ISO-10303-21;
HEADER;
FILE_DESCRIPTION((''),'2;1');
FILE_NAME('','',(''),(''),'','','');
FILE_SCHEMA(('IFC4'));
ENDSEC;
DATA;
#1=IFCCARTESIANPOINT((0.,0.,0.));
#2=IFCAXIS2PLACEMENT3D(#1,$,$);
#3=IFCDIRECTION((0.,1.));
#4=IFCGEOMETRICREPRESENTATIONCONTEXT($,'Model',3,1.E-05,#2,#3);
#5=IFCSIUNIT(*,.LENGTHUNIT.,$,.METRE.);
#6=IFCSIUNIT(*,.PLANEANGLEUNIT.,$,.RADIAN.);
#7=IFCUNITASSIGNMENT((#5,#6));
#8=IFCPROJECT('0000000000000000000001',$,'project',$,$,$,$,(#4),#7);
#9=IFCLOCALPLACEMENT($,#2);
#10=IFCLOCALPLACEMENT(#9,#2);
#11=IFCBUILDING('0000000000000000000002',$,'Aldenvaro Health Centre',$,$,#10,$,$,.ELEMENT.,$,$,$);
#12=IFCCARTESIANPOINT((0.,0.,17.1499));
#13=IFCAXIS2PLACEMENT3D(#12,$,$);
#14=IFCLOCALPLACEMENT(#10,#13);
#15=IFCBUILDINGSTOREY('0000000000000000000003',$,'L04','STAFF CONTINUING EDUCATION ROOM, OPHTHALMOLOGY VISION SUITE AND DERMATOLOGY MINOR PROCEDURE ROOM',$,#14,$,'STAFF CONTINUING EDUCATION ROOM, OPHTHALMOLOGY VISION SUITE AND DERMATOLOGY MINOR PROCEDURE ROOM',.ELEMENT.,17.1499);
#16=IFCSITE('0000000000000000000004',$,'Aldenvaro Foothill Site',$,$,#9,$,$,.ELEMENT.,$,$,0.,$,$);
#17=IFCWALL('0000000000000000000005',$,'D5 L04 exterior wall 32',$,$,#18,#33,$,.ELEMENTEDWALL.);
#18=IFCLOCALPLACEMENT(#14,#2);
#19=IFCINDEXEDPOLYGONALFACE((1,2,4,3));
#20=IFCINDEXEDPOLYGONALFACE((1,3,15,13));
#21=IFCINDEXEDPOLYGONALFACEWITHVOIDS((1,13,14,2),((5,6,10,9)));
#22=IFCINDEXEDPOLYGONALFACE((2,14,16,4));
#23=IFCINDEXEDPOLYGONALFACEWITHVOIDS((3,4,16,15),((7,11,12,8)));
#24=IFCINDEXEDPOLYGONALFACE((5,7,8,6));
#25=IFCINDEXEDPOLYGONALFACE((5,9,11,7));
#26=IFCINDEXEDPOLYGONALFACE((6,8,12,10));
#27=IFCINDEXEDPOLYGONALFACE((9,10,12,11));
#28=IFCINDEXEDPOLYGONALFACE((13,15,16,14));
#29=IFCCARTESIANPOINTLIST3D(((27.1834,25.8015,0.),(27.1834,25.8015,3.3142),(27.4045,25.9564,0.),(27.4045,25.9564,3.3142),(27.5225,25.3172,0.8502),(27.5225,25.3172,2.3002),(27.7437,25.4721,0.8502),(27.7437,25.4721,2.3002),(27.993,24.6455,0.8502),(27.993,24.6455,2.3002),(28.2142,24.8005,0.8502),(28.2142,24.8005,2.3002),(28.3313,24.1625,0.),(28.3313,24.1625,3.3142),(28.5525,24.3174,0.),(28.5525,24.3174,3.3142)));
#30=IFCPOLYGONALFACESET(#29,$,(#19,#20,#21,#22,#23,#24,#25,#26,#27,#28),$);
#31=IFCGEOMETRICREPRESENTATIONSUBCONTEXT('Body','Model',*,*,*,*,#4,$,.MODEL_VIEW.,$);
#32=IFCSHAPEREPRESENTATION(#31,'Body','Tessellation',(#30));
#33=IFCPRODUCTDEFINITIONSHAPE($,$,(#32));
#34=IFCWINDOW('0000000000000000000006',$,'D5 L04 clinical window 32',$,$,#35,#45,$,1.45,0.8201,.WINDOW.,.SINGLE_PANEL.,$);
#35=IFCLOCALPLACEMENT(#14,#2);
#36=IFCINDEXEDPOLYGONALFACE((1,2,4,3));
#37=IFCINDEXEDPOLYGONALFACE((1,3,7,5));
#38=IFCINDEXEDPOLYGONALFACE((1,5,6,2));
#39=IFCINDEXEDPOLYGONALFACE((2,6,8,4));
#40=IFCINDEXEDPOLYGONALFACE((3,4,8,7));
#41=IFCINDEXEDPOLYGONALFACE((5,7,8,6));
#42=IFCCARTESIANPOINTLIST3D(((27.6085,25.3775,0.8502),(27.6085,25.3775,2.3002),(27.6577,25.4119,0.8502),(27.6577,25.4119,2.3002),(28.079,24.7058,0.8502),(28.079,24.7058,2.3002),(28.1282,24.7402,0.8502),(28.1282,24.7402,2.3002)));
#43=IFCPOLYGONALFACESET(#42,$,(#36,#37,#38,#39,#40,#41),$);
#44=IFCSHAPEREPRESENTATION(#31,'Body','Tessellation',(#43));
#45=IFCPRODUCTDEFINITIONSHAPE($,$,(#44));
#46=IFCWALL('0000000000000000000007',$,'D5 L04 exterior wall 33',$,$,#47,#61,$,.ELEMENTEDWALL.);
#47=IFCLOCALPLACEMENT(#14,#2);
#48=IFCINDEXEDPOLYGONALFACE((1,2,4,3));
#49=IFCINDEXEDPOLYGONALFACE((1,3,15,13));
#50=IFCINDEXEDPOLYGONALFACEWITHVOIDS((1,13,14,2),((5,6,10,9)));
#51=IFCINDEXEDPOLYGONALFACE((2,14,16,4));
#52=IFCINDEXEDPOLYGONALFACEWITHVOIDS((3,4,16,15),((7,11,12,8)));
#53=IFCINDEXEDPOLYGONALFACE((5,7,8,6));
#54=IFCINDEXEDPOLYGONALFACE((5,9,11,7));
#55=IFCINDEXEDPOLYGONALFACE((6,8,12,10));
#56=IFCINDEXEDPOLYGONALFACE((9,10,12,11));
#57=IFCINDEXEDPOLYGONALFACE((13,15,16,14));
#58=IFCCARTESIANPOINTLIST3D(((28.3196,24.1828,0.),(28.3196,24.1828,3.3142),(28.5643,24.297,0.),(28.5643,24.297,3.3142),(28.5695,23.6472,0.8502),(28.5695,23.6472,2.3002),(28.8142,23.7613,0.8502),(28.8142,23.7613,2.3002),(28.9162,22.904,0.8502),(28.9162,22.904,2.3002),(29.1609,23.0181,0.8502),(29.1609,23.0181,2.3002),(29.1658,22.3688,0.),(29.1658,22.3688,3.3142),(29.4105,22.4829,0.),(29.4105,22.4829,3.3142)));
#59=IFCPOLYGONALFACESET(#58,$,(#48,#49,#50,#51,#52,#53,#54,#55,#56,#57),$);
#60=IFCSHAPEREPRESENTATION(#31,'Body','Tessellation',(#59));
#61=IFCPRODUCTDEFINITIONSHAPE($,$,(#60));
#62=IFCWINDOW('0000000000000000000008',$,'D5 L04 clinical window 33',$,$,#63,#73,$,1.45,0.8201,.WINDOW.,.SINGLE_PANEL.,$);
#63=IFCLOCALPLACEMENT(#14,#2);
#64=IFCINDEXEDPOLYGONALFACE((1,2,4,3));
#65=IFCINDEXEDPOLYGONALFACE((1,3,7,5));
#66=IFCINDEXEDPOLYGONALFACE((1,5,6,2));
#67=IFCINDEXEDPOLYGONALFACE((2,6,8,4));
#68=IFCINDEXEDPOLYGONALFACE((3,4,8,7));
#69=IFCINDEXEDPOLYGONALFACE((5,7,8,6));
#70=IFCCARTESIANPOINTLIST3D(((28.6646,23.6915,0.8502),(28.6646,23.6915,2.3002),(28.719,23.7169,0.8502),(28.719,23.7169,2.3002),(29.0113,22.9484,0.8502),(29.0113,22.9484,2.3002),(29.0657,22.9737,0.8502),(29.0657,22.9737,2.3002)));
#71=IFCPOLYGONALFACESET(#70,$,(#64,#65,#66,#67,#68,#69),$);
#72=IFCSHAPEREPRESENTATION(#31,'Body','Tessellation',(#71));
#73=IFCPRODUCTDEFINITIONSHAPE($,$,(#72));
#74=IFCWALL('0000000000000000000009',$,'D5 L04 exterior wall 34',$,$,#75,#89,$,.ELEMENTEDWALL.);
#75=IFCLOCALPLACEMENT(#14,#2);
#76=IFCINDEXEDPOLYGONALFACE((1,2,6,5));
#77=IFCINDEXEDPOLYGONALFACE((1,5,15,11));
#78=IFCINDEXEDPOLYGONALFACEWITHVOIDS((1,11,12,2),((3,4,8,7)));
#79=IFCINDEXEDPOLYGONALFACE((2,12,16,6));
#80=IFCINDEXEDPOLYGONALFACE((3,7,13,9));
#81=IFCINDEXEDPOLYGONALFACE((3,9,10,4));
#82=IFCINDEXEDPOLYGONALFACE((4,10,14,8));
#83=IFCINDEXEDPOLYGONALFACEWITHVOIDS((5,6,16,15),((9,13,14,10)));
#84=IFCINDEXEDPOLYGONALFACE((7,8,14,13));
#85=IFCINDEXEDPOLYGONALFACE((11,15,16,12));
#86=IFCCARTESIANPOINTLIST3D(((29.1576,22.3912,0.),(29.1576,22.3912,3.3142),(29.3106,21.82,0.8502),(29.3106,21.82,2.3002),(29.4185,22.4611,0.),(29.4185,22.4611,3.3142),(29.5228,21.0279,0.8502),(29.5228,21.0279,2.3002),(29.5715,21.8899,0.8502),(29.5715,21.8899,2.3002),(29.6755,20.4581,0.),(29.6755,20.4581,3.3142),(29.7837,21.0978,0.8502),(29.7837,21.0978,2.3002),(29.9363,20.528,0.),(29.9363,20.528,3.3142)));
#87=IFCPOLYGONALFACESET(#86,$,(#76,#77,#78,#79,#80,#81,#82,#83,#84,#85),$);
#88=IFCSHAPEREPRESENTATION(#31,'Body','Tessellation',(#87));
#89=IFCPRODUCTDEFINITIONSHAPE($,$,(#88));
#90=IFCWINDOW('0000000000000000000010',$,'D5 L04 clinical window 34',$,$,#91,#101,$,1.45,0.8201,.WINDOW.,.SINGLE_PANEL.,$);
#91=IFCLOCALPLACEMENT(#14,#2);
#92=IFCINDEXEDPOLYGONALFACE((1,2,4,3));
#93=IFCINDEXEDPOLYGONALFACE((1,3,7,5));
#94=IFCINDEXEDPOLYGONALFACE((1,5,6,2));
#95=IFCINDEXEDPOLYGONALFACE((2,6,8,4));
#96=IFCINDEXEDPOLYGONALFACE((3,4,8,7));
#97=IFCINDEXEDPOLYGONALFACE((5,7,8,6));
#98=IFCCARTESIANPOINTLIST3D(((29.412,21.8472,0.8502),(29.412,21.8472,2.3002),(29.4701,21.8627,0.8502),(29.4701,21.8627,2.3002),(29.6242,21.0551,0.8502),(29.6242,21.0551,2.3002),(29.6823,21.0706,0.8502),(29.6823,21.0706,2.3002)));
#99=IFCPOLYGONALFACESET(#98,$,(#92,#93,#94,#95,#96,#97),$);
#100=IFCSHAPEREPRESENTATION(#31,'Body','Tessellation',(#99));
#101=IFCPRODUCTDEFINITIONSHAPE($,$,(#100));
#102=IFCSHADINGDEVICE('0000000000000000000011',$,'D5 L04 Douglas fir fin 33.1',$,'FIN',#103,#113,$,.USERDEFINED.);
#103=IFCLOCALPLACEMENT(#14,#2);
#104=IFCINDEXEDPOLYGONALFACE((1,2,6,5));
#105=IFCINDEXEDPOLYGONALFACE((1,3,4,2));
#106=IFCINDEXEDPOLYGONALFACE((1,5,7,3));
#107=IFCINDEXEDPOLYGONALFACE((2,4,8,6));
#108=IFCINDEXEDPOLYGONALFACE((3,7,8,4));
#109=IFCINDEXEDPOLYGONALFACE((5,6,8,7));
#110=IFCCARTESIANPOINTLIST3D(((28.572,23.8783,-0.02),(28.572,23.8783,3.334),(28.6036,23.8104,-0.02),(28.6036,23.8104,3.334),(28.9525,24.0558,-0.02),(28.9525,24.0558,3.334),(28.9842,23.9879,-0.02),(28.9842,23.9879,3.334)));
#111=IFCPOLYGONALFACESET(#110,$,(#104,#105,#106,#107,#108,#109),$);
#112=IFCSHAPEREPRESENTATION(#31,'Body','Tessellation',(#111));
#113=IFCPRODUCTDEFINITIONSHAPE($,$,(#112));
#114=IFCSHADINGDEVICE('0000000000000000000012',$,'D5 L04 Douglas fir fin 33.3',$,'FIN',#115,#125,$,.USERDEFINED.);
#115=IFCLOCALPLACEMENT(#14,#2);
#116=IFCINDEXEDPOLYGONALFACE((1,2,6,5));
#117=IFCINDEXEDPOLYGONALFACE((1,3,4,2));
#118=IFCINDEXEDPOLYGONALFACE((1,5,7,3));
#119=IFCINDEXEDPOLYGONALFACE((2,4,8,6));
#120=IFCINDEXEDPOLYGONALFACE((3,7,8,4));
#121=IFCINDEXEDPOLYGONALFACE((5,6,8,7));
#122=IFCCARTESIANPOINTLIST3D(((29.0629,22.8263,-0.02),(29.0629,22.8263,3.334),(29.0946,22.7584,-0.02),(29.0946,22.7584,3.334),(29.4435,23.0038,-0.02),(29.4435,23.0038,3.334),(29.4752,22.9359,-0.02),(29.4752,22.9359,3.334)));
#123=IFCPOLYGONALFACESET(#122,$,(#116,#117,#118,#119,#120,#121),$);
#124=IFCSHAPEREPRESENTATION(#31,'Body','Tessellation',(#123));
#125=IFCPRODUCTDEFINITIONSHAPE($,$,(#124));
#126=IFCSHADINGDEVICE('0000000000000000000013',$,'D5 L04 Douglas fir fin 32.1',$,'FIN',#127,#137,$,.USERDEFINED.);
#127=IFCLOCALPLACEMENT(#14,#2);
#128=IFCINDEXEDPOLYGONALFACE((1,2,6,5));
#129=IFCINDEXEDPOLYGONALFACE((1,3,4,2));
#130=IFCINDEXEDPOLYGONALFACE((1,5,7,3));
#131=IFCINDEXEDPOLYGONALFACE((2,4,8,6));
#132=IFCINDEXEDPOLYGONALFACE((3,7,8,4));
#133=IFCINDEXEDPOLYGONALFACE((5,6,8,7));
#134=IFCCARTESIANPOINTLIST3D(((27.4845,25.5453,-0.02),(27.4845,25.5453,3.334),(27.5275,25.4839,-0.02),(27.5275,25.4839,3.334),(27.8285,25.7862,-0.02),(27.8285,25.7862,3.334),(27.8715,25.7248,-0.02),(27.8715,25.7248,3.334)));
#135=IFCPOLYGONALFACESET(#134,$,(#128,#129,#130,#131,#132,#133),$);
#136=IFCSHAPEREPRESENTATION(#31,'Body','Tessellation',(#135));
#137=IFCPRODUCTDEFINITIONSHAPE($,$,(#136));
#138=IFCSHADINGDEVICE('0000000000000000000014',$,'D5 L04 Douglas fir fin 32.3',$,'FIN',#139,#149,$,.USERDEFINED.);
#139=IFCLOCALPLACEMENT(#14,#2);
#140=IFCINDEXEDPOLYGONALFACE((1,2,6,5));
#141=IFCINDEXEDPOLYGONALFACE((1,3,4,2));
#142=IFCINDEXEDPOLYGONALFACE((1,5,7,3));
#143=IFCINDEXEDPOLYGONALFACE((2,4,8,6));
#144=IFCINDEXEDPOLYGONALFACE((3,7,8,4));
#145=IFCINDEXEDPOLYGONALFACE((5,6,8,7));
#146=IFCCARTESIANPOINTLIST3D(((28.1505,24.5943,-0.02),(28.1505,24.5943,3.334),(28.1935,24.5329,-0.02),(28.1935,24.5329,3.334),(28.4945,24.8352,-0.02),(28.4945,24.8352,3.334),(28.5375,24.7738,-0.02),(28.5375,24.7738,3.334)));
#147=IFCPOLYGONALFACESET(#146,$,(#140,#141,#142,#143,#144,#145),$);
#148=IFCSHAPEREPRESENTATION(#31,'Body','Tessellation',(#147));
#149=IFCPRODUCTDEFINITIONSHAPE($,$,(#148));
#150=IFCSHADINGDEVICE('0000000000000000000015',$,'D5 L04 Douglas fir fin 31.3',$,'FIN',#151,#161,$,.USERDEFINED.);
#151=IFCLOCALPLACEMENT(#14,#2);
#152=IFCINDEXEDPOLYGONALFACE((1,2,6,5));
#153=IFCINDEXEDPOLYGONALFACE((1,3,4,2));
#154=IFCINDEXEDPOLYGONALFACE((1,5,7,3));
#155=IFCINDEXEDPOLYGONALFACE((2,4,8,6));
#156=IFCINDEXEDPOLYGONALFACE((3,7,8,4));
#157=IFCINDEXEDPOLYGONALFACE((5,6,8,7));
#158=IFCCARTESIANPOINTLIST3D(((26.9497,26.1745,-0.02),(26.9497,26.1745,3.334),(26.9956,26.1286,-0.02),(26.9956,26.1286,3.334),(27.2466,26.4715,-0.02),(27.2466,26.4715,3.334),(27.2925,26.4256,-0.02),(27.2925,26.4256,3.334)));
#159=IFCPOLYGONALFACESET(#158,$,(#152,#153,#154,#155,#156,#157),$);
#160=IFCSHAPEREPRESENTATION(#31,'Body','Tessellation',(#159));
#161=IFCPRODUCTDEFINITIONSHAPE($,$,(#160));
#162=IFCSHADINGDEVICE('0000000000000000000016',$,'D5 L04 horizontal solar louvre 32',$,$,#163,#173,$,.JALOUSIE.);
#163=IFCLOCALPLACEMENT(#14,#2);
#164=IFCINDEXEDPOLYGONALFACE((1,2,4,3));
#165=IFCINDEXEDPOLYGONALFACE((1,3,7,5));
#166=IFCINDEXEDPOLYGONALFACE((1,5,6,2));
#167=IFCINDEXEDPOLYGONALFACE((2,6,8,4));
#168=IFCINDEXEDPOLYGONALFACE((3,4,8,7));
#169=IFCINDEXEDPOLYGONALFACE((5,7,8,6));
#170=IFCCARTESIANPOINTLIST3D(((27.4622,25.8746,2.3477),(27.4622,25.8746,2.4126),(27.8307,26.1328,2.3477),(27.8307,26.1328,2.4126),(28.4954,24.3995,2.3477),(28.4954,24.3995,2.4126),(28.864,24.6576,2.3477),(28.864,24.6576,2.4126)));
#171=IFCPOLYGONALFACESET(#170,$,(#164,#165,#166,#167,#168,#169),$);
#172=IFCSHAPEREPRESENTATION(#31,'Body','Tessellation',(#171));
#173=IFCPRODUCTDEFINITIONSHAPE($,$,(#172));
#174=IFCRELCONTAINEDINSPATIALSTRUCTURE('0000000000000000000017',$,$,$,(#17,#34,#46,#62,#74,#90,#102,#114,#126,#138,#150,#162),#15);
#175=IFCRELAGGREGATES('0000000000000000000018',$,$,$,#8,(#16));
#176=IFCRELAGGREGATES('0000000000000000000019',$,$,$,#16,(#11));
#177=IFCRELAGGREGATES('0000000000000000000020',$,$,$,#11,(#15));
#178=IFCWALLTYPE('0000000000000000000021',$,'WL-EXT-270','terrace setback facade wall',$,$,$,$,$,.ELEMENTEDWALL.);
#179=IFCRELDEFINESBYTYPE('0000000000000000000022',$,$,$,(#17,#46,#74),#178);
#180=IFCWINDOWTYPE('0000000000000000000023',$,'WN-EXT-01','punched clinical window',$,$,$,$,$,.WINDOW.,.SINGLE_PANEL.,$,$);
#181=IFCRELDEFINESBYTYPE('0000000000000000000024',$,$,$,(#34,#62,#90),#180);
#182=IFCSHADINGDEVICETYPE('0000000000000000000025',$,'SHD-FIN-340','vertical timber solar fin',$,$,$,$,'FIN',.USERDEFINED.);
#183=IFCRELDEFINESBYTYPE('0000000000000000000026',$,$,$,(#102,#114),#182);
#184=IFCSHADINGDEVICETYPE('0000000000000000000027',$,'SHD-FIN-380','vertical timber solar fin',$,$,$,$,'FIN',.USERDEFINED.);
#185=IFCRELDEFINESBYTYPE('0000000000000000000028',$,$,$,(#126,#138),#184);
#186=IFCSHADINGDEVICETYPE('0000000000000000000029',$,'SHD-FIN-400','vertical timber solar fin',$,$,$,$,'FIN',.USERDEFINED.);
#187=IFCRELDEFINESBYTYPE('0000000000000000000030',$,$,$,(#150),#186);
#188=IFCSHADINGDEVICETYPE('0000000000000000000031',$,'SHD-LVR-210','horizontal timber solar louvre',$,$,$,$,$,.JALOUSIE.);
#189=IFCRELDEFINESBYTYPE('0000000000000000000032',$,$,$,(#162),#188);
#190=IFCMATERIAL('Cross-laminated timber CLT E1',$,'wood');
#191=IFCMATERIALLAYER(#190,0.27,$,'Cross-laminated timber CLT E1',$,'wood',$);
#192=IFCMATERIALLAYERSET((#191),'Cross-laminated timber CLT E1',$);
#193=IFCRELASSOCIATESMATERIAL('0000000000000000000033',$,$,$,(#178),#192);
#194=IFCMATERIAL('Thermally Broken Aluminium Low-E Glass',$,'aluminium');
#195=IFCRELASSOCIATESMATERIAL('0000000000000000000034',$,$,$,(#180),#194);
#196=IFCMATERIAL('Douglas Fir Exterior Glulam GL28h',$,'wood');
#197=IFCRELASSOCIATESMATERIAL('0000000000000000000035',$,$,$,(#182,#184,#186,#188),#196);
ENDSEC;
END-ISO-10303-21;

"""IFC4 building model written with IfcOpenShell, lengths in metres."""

from ifc_helpers import new_model, si_unit, direction, frame, frame_2d, origin, origin_2d, place, context, subcontext, project, spatial, rectangle, extrude, material, layer, layer_set, type_object, element, fill, save


model = new_model("IFC4")

# Units and contexts
model_context = context("Model", 3, precision=1e-05, world=origin(), true_north=direction((0.0, 1.0)))
body_context = subcontext(model_context, "Body", "Model", "MODEL_VIEW")
ifc_project = project(units=[si_unit("LENGTHUNIT", "METRE"), si_unit("PLANEANGLEUNIT", "RADIAN")], contexts=[model_context])

# Site, building, storey
site_placement = place(None, origin())
site = spatial("IfcSite", under=ifc_project, at=site_placement, Name="Aldenvaro Foothill Site", CompositionType="ELEMENT", RefElevation=0.0)
building_placement = place(site_placement, origin())
building = spatial("IfcBuilding", under=site, at=building_placement, Name="Aldenvaro Health Centre", CompositionType="ELEMENT")
storey_placement = place(building_placement, frame((0.0, 0.0, 17.1499)))
storey = spatial("IfcBuildingStorey", under=building, at=storey_placement, Name="L04", Description="STAFF CONTINUING EDUCATION ROOM, OPHTHALMOLOGY VISION SUITE AND DERMATOLOGY MINOR PROCEDURE ROOM", LongName="STAFF CONTINUING EDUCATION ROOM, OPHTHALMOLOGY VISION SUITE AND DERMATOLOGY MINOR PROCEDURE ROOM", CompositionType="ELEMENT", Elevation=17.1499)

# Walls, openings, windows
ifc_material_1 = material(Name="Cross-laminated timber CLT E1", Category="wood")
ifc_layer_1 = layer(ifc_material_1, 0.27, Name="Cross-laminated timber CLT E1", Category="wood")
ifc_layer_set_1 = layer_set([ifc_layer_1], Name="Cross-laminated timber CLT E1")
wall_type_1 = type_object("IfcWallType", Name="WL-EXT-270", Description="terrace setback facade wall", PredefinedType="ELEMENTEDWALL", material=ifc_layer_set_1)
wall_1_placement = place(storey_placement, frame((27.2939, 25.8789, 0.0), z_axis=(0.0, 0.0, 1.0), x_axis=(0.5737, -0.819066, 0.0)))
wall_1 = element("IfcWall", 1, at=wall_1_placement, inside=storey, type_object=wall_type_1, Name="D5 L04 exterior wall 32", PredefinedType="ELEMENTEDWALL", context=body_context, shape_type="SweptSolid", body=[
    extrude(rectangle(XDim=2.001, YDim=0.27, at=frame_2d((1.0005, 0.0))), origin(), (0.0, 0.0, 1.0), 3.3142),
])
opening_1_placement = place(wall_1_placement, frame((0.5911, 0.0, 0.8501)))
opening_1 = element("IfcOpeningElement", 2, at=opening_1_placement, cuts=wall_1, PredefinedType="OPENING", context=body_context, shape_type="SweptSolid", body=[
    extrude(rectangle(XDim=0.8201, YDim=1.45, at=frame_2d((0.4102, 0.7251))), frame((0.0, 0.145, 0.0), z_axis=(0.0, -1.0, 0.0), x_axis=(1.0, 0.0, 0.0)), (0.0, 0.0, 1.0), 0.29),
])
ifc_material_2 = material(Name="Thermally Broken Aluminium Low-E Glass", Category="aluminium")
window_type = type_object("IfcWindowType", Name="WN-EXT-01", Description="punched clinical window", PartitioningType="SINGLE_PANEL", PredefinedType="WINDOW", material=ifc_material_2)
window_1_placement = place(opening_1_placement, origin())
window_1 = element("IfcWindow", 3, at=window_1_placement, inside=storey, type_object=window_type, Name="D5 L04 clinical window 32", OverallHeight=1.45, OverallWidth=0.8201, PartitioningType="SINGLE_PANEL", PredefinedType="WINDOW", context=body_context, shape_type="SweptSolid", body=[
    extrude(rectangle(XDim=0.8201, YDim=1.45, at=frame_2d((0.4102, 0.7251))), frame((0.0, 0.03, 0.0), z_axis=(0.0, -1.0, 0.0), x_axis=(1.0, 0.0, 0.0)), (0.0, 0.0, 1.0), 0.0601),
])
fill(opening_1, window_1)
wall_2_placement = place(storey_placement, frame((28.4419, 24.24, 0.0), z_axis=(0.0, 0.0, 1.0), x_axis=(0.422752, -0.906245, 0.0)))
wall_2 = element("IfcWall", 4, at=wall_2_placement, inside=storey, type_object=wall_type_1, Name="D5 L04 exterior wall 33", PredefinedType="ELEMENTEDWALL", context=body_context, shape_type="SweptSolid", body=[
    extrude(rectangle(XDim=2.0017, YDim=0.27, at=frame_2d((1.001, 0.0))), origin(), (0.0, 0.0, 1.0), 3.3142),
])
opening_2_placement = place(wall_2_placement, frame((0.5911, 0.0, 0.8501)))
opening_2 = element("IfcOpeningElement", 5, at=opening_2_placement, cuts=wall_2, PredefinedType="OPENING", context=body_context, shape_type="SweptSolid", body=[
    extrude(rectangle(XDim=0.8201, YDim=1.45, at=frame_2d((0.4102, 0.7251))), frame((0.0, 0.145, 0.0), z_axis=(0.0, -1.0, 0.0), x_axis=(1.0, 0.0, 0.0)), (0.0, 0.0, 1.0), 0.29),
])
window_2_placement = place(opening_2_placement, origin())
window_2 = element("IfcWindow", 6, at=window_2_placement, inside=storey, type_object=window_type, Name="D5 L04 clinical window 33", OverallHeight=1.45, OverallWidth=0.8201, PartitioningType="SINGLE_PANEL", PredefinedType="WINDOW", context=body_context, shape_type="SweptSolid", body=[
    extrude(rectangle(XDim=0.8201, YDim=1.45, at=frame_2d((0.4102, 0.7251))), frame((0.0, 0.03, 0.0), z_axis=(0.0, -1.0, 0.0), x_axis=(1.0, 0.0, 0.0)), (0.0, 0.0, 1.0), 0.0601),
])
fill(opening_2, window_2)
wall_3_placement = place(storey_placement, frame((29.2881, 22.426, 0.0), z_axis=(0.0, 0.0, 1.0), x_axis=(0.258748, -0.965945, 0.0)))
wall_3 = element("IfcWall", 7, at=wall_3_placement, inside=storey, type_object=wall_type_1, Name="D5 L04 exterior wall 34", PredefinedType="ELEMENTEDWALL", context=body_context, shape_type="SweptSolid", body=[
    extrude(rectangle(XDim=2.0012, YDim=0.27, at=frame_2d((1.0005, 0.0))), origin(), (0.0, 0.0, 1.0), 3.3142),
])
opening_3_placement = place(wall_3_placement, frame((0.5911, 0.0, 0.8501)))
opening_3 = element("IfcOpeningElement", 8, at=opening_3_placement, cuts=wall_3, PredefinedType="OPENING", context=body_context, shape_type="SweptSolid", body=[
    extrude(rectangle(XDim=0.8201, YDim=1.45, at=frame_2d((0.4102, 0.7251))), frame((0.0, 0.145, 0.0), z_axis=(0.0, -1.0, 0.0), x_axis=(1.0, 0.0, 0.0)), (0.0, 0.0, 1.0), 0.29),
])
window_3_placement = place(opening_3_placement, origin())
window_3 = element("IfcWindow", 9, at=window_3_placement, inside=storey, type_object=window_type, Name="D5 L04 clinical window 34", OverallHeight=1.45, OverallWidth=0.8201, PartitioningType="SINGLE_PANEL", PredefinedType="WINDOW", context=body_context, shape_type="SweptSolid", body=[
    extrude(rectangle(XDim=0.8201, YDim=1.45, at=frame_2d((0.4102, 0.7251))), frame((0.0, 0.03, 0.0), z_axis=(0.0, -1.0, 0.0), x_axis=(1.0, 0.0, 0.0)), (0.0, 0.0, 1.0), 0.0601),
])
fill(opening_3, window_3)

# Shading devices
ifc_material_3 = material(Name="Douglas Fir Exterior Glulam GL28h", Category="wood")
shading_device_type_1 = type_object("IfcShadingDeviceType", Name="SHD-FIN-340", Description="vertical timber solar fin", ElementType="FIN", PredefinedType="USERDEFINED", material=ifc_material_3)
for number, where, z_axis, x_axis, name in (
    (10, (28.7781, 23.9331, -0.02), (0.0, 0.0, 1.0), (0.422667, -0.906285, 0.0), "D5 L04 Douglas fir fin 33.1"),
    (11, (29.269, 22.8811, -0.02), (0.0, 0.0, 1.0), (0.422667, -0.906285, 0.0), "D5 L04 Douglas fir fin 33.3"),
):
    element("IfcShadingDevice", number, at=place(storey_placement, frame(where, z_axis=z_axis, x_axis=x_axis)), inside=storey, type_object=shading_device_type_1, Name=name, ObjectType="FIN", PredefinedType="USERDEFINED", context=body_context, shape_type="SweptSolid", body=[
        extrude(rectangle(XDim=0.075, YDim=0.4199, at=origin_2d()), origin(), (0.0, 0.0, 1.0), 3.354),
    ])
shading_device_type_2 = type_object("IfcShadingDeviceType", Name="SHD-FIN-380", Description="vertical timber solar fin", ElementType="FIN", PredefinedType="USERDEFINED", material=ifc_material_3)
for number, where, z_axis, x_axis, name in (
    (12, (27.678, 25.635, -0.02), (0.0, 0.0, 1.0), (0.573697, -0.819068, 0.0), "D5 L04 Douglas fir fin 32.1"),
    (13, (28.344, 24.6841, -0.02), (0.0, 0.0, 1.0), (0.573697, -0.819068, 0.0), "D5 L04 Douglas fir fin 32.3"),
):
    element("IfcShadingDevice", number, at=place(storey_placement, frame(where, z_axis=z_axis, x_axis=x_axis)), inside=storey, type_object=shading_device_type_2, Name=name, ObjectType="FIN", PredefinedType="USERDEFINED", context=body_context, shape_type="SweptSolid", body=[
        extrude(rectangle(XDim=0.075, YDim=0.4199, at=origin_2d()), origin(), (0.0, 0.0, 1.0), 3.354),
    ])
shading_device_type_3 = type_object("IfcShadingDeviceType", Name="SHD-FIN-400", Description="vertical timber solar fin", ElementType="FIN", PredefinedType="USERDEFINED", material=ifc_material_3)
shading_device_1_placement = place(storey_placement, frame((27.1211, 26.3, -0.02), z_axis=(0.0, 0.0, 1.0), x_axis=(0.707107, -0.707107, 0.0)))
element("IfcShadingDevice", 14, at=shading_device_1_placement, inside=storey, type_object=shading_device_type_3, Name="D5 L04 Douglas fir fin 31.3", ObjectType="FIN", PredefinedType="USERDEFINED", context=body_context, shape_type="SweptSolid", body=[
    extrude(rectangle(XDim=0.0649, YDim=0.4199, at=origin_2d()), origin(), (0.0, 0.0, 1.0), 3.354),
])
shading_device_type_4 = type_object("IfcShadingDeviceType", Name="SHD-LVR-210", Description="horizontal timber solar louvre", PredefinedType="JALOUSIE", material=ifc_material_3)
shading_device_2_placement = place(storey_placement, frame((28.1631, 25.2661, 2.3477), z_axis=(0.0, 0.0, 1.0), x_axis=(0.573697, -0.819068, 0.0)))
element("IfcShadingDevice", 15, at=shading_device_2_placement, inside=storey, type_object=shading_device_type_4, Name="D5 L04 horizontal solar louvre 32", PredefinedType="JALOUSIE", context=body_context, shape_type="SweptSolid", body=[
    extrude(rectangle(XDim=1.801, YDim=0.45, at=origin_2d()), origin(), (0.0, 0.0, 1.0), 0.0649),
])

save(model, "model.ifc")
